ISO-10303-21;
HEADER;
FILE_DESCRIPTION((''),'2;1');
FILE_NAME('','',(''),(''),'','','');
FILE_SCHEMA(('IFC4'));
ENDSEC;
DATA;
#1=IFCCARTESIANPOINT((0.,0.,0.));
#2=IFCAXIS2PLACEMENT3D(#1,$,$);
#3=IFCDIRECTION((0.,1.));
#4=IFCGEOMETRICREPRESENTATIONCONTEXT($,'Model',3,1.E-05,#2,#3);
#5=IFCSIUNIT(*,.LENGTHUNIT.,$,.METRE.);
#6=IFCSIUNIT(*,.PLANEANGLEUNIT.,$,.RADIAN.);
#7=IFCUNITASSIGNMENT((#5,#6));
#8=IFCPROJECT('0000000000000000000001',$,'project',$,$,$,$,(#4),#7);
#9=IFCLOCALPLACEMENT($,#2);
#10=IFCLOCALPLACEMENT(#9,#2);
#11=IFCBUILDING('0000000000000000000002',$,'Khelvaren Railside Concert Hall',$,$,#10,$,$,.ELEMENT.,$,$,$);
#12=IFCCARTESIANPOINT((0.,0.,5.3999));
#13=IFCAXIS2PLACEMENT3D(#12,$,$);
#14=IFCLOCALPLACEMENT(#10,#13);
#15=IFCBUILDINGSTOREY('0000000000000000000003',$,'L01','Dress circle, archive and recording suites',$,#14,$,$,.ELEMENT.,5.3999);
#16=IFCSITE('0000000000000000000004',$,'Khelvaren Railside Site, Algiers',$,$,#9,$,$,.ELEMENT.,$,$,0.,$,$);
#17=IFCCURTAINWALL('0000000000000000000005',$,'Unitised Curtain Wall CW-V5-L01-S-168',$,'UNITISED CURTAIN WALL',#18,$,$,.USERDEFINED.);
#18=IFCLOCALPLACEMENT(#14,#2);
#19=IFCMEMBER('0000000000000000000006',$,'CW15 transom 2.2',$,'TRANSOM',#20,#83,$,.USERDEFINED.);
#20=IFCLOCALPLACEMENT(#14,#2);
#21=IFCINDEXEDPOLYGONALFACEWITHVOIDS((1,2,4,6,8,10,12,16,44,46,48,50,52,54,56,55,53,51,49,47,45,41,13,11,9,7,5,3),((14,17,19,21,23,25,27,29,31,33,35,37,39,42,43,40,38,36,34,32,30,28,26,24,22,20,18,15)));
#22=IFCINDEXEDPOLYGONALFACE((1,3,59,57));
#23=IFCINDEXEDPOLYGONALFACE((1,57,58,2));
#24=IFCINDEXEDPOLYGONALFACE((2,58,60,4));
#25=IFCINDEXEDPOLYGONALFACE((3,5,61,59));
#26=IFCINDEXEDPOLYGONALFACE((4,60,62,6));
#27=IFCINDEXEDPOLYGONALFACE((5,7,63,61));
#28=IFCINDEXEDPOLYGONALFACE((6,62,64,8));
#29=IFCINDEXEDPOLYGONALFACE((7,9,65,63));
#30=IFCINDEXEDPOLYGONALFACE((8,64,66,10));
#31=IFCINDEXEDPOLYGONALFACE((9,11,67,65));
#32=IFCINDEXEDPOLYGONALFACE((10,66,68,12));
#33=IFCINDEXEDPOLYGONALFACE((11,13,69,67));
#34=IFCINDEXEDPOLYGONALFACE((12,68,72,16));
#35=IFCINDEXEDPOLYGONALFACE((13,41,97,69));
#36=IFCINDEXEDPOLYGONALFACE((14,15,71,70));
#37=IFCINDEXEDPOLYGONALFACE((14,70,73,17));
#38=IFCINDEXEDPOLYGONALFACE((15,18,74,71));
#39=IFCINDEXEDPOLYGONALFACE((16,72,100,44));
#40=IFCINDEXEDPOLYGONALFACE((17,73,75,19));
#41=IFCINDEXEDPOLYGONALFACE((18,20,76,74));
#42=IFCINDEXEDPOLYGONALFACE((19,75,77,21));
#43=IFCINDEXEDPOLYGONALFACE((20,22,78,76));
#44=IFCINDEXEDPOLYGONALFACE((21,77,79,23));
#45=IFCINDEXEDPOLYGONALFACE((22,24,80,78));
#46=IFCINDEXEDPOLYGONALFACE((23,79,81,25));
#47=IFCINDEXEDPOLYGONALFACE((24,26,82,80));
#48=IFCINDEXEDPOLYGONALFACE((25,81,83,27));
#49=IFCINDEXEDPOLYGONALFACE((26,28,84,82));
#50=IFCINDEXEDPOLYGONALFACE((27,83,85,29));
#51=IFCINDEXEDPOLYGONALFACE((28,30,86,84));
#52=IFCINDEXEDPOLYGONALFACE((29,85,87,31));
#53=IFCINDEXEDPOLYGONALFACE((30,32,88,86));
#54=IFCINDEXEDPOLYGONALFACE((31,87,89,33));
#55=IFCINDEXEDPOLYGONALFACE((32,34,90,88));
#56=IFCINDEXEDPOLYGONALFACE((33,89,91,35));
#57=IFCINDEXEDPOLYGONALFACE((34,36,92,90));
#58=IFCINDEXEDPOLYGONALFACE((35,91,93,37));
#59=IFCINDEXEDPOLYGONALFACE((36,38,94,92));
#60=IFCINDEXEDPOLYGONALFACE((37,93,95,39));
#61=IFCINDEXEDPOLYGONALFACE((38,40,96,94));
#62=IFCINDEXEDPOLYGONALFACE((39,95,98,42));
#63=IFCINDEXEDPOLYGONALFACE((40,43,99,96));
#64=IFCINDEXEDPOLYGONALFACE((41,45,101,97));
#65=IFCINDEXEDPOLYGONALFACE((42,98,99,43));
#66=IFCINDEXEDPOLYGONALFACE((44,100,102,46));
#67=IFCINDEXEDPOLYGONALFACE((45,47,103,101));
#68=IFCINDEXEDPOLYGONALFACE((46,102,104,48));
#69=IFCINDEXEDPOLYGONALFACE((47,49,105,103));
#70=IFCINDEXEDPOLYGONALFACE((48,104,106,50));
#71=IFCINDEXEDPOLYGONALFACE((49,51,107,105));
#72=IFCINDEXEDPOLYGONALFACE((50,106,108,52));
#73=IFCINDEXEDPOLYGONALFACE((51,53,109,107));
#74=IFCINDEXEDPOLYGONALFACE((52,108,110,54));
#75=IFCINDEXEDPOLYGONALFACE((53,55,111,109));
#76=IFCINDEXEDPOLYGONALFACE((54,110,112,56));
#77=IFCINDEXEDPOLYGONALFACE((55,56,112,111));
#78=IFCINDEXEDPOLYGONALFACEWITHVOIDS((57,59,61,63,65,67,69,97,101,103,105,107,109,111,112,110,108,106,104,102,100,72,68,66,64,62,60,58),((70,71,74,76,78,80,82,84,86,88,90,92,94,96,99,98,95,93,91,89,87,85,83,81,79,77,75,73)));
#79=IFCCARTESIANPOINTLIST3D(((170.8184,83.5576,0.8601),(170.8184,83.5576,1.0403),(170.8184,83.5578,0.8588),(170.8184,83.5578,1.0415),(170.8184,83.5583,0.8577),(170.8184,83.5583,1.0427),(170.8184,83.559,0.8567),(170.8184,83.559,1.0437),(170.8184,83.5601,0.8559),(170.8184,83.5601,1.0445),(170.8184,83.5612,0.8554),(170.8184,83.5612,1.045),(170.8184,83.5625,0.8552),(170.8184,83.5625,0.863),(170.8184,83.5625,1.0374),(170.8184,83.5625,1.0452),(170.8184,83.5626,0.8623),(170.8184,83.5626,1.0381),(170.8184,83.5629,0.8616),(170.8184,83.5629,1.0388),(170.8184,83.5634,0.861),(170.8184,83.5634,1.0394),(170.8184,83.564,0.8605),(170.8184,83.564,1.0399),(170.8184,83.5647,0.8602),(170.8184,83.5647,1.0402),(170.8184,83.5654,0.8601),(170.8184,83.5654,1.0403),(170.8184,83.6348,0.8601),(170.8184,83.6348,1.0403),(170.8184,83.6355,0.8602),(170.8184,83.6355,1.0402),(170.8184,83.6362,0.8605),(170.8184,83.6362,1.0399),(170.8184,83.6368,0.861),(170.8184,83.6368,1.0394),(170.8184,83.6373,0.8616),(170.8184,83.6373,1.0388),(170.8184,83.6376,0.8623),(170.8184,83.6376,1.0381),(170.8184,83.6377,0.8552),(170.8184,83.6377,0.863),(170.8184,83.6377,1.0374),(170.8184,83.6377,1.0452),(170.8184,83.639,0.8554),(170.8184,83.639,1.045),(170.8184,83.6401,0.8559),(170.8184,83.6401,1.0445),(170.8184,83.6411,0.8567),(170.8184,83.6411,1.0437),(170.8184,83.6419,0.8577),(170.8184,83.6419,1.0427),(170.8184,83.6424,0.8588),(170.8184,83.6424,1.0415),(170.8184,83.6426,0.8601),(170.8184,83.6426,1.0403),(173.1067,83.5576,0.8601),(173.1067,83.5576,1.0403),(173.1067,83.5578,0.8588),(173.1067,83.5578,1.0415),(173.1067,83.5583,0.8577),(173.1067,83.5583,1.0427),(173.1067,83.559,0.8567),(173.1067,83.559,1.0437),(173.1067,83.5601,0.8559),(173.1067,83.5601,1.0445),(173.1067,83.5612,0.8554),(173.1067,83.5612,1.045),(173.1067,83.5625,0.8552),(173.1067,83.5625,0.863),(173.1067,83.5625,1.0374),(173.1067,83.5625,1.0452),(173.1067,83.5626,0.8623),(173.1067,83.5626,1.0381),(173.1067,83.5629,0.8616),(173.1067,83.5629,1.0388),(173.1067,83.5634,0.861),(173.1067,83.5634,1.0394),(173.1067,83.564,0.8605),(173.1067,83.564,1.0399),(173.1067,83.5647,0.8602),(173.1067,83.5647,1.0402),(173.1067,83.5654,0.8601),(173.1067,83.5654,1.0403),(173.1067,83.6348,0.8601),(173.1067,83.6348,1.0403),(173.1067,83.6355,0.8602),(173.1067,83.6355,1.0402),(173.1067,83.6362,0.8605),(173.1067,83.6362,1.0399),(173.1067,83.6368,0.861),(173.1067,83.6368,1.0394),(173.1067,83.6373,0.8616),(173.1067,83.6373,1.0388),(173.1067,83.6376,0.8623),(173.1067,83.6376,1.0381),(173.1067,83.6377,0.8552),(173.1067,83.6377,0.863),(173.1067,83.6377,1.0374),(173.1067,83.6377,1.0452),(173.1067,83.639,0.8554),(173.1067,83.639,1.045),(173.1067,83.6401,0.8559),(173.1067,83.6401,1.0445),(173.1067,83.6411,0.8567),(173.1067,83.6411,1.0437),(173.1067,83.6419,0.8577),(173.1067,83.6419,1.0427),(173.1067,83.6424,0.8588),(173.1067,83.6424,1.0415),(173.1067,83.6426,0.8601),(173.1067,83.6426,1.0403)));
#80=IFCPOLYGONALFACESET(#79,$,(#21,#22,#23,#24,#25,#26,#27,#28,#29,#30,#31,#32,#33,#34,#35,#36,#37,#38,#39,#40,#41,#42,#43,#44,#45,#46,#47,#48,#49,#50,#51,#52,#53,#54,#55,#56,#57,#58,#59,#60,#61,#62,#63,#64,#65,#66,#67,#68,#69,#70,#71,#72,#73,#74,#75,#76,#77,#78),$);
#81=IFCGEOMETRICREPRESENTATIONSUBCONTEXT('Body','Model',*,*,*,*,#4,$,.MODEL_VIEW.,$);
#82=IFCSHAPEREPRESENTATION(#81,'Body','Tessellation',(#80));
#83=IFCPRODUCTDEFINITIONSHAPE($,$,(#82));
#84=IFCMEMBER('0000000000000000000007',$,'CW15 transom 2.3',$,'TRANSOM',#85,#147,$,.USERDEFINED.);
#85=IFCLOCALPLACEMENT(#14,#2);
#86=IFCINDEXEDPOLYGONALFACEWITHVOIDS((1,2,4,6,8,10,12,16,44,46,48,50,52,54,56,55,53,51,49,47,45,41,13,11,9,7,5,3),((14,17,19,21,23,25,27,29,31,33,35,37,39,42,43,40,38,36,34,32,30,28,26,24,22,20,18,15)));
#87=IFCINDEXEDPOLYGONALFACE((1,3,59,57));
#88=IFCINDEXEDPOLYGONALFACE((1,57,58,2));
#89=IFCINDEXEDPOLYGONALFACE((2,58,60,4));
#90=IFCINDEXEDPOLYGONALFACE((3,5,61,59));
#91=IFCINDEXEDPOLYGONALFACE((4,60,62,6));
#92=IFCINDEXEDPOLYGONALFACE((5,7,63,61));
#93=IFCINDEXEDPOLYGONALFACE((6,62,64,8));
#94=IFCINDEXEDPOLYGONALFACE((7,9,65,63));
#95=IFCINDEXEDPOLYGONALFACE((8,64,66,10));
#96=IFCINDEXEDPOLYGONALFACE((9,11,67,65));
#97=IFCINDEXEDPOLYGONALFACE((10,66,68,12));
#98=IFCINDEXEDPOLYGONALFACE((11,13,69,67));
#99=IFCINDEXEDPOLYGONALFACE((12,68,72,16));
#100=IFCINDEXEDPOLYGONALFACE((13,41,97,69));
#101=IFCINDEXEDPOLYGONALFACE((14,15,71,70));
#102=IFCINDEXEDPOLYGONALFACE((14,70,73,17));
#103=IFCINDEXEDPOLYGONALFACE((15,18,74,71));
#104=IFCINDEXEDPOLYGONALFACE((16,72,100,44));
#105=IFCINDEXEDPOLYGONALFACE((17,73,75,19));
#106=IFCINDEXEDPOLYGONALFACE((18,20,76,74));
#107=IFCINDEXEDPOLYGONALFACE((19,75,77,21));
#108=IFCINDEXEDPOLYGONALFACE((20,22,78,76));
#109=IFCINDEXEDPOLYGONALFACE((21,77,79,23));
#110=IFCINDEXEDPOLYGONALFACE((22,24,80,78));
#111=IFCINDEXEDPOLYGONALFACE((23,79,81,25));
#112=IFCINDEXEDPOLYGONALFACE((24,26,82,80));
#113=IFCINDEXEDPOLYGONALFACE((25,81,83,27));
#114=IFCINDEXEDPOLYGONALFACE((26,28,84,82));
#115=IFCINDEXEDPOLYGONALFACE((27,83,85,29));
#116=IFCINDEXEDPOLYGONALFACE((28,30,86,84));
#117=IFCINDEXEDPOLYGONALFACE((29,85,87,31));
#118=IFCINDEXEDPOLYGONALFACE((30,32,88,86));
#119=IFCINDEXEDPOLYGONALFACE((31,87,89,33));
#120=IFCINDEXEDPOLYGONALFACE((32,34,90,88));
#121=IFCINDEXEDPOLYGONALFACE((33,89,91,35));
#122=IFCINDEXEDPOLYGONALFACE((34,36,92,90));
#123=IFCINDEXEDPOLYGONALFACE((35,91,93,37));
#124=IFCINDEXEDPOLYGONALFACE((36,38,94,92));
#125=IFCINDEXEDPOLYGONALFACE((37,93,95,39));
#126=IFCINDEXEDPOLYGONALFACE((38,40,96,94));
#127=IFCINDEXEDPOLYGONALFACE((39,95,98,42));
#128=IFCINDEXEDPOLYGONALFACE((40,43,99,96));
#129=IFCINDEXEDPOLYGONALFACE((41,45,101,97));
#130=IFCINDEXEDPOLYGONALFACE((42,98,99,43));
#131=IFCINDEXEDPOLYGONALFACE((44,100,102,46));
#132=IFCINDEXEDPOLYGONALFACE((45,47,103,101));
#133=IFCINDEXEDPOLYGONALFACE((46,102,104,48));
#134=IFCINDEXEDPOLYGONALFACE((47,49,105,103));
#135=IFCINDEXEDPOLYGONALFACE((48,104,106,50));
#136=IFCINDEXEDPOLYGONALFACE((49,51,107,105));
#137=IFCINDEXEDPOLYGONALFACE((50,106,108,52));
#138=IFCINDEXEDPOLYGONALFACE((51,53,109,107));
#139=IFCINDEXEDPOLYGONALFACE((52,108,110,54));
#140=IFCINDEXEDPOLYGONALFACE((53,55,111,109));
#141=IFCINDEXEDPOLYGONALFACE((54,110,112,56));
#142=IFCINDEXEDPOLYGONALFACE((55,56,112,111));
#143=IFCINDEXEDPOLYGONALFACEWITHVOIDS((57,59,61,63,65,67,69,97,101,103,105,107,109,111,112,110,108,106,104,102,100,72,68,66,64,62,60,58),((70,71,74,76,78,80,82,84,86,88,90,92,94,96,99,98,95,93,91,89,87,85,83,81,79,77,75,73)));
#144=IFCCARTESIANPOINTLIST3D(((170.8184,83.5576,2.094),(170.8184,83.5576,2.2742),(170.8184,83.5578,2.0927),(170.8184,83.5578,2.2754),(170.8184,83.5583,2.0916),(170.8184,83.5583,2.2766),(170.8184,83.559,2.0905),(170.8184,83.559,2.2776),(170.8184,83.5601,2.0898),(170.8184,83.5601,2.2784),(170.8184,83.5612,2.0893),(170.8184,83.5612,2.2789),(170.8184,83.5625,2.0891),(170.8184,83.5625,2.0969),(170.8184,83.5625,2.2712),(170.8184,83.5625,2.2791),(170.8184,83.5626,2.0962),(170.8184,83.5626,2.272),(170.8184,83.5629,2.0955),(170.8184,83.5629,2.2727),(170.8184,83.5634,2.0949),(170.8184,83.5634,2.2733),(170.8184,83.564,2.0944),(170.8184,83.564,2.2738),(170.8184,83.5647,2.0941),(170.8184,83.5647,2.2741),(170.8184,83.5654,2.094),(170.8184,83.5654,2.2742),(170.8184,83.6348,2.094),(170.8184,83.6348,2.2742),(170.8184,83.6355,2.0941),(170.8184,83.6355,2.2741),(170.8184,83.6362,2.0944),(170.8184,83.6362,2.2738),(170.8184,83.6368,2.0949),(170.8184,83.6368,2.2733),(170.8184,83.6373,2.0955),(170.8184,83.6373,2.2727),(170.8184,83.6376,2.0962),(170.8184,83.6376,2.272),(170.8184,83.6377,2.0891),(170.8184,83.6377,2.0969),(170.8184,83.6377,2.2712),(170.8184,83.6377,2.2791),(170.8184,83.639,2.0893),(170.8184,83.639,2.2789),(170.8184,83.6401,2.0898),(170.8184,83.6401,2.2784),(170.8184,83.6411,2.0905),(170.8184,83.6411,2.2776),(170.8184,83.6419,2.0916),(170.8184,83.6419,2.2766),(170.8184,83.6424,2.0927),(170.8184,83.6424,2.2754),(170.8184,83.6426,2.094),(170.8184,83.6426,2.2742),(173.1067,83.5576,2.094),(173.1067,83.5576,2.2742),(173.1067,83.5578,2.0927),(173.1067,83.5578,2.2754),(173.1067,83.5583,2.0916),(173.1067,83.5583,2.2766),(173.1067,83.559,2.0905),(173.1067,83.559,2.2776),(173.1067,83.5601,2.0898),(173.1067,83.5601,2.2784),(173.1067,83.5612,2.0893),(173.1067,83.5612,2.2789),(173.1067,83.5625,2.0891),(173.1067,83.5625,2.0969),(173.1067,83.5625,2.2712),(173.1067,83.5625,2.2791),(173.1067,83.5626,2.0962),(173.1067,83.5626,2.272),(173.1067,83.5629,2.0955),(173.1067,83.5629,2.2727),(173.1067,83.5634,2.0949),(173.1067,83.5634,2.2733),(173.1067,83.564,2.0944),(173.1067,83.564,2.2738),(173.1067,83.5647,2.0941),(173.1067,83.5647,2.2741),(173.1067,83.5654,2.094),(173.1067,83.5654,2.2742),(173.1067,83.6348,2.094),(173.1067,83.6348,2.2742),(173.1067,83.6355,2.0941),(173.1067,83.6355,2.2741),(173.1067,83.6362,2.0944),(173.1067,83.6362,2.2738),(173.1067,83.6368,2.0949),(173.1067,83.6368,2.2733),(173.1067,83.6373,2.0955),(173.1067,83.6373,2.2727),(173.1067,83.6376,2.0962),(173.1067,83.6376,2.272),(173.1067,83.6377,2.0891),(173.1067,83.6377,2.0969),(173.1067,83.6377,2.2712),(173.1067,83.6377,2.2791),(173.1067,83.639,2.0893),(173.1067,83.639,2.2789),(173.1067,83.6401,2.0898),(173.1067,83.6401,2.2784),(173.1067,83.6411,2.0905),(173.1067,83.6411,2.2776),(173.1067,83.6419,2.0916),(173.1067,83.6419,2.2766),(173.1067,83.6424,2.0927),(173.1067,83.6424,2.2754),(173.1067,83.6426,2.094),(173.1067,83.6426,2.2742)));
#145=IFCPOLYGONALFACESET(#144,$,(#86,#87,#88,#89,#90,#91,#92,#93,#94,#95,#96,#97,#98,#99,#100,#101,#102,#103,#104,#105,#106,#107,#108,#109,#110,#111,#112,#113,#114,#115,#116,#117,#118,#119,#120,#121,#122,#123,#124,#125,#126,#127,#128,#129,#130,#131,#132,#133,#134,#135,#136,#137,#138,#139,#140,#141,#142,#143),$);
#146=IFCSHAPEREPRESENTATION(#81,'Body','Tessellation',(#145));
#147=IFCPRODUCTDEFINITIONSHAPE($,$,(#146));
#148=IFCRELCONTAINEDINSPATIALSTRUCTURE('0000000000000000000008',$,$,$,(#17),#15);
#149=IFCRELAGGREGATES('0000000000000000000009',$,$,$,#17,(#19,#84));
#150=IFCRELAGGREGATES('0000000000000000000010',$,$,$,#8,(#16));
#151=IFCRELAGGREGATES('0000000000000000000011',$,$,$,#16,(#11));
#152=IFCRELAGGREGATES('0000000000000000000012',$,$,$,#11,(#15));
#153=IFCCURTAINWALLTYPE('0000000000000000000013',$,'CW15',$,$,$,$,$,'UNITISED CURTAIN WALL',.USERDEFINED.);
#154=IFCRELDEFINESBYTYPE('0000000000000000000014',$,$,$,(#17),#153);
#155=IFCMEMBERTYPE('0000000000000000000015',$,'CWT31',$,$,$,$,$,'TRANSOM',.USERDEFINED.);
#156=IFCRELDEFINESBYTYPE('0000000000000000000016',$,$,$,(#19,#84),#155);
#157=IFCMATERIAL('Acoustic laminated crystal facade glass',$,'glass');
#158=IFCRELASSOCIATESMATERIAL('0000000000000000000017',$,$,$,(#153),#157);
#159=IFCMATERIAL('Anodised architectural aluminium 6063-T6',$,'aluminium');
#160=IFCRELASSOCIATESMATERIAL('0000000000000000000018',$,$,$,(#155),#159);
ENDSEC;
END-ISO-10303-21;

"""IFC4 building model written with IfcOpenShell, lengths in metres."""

from ifc_helpers import new_model, si_unit, direction, frame, origin, origin_2d, place, context, subcontext, project, spatial, hollow_rectangle, extrude, material, material_profile, profile_set, type_object, element, aggregate, save


model = new_model("IFC4")

# Units and contexts
model_context = context("Model", 3, precision=1e-05, world=origin(), true_north=direction((0.0, 1.0)))
body_context = subcontext(model_context, "Body", "Model", "MODEL_VIEW")
ifc_project = project(units=[si_unit("LENGTHUNIT", "METRE"), si_unit("PLANEANGLEUNIT", "RADIAN")], contexts=[model_context])

# Site, building, storey
site_placement = place(None, origin())
site = spatial("IfcSite", under=ifc_project, at=site_placement, Name="Khelvaren Railside Site, Algiers", CompositionType="ELEMENT", RefElevation=0.0)
building_placement = place(site_placement, origin())
building = spatial("IfcBuilding", under=site, at=building_placement, Name="Khelvaren Railside Concert Hall", CompositionType="ELEMENT")
storey_placement = place(building_placement, frame((0.0, 0.0, 5.3999)))
storey = spatial("IfcBuildingStorey", under=building, at=storey_placement, Name="L01", Description="Dress circle, archive and recording suites", CompositionType="ELEMENT", Elevation=5.3999)

# Curtain wall, members
ifc_material_1 = material(Name="Acoustic laminated crystal facade glass", Category="glass")
curtain_wall_type = type_object("IfcCurtainWallType", Name="CW15", ElementType="UNITISED CURTAIN WALL", PredefinedType="USERDEFINED", material=ifc_material_1)
curtain_wall_placement = place(storey_placement, origin())
curtain_wall = element("IfcCurtainWall", 1, at=curtain_wall_placement, inside=storey, type_object=curtain_wall_type, Name="Unitised Curtain Wall CW-V5-L01-S-168", ObjectType="UNITISED CURTAIN WALL", PredefinedType="USERDEFINED")
ifc_material_2 = material(Name="Anodised architectural aluminium 6063-T6", Category="aluminium")
ifc_material_profile_1 = material_profile(ifc_material_2, hollow_rectangle(XDim=0.085, YDim=0.1899, WallThickness=0.0049, InnerFilletRadius=0.0029, OuterFilletRadius=0.0049, at=origin_2d()), Name="CWT 85x190x5")
ifc_profile_set_1 = profile_set([ifc_material_profile_1], Name="Anodised architectural aluminium 6063-T6")
member_type_1 = type_object("IfcMemberType", Name="CWT31", ElementType="TRANSOM", PredefinedType="USERDEFINED", material=ifc_profile_set_1)
member_1_placement = place(storey_placement, frame((173.1067, 83.6001, 0.9502), z_axis=(-1.0, 0.0, 0.0), x_axis=(0.0, -1.0, 0.0)))
member_1 = element("IfcMember", 2, at=member_1_placement, type_object=member_type_1, Name="CW15 transom 2.2", ObjectType="TRANSOM", PredefinedType="USERDEFINED", context=body_context, shape_type="SweptSolid", body=[
    extrude(hollow_rectangle(XDim=0.085, YDim=0.1899, WallThickness=0.0049, InnerFilletRadius=0.0029, OuterFilletRadius=0.0049, at=origin_2d()), origin(), (0.0, 0.0, 1.0), 2.2883),
])
member_2_placement = place(storey_placement, frame((173.1067, 83.6001, 2.1841), z_axis=(-1.0, 0.0, 0.0), x_axis=(0.0, -1.0, 0.0)))
member_2 = element("IfcMember", 3, at=member_2_placement, type_object=member_type_1, Name="CW15 transom 2.3", ObjectType="TRANSOM", PredefinedType="USERDEFINED", context=body_context, shape_type="SweptSolid", body=[
    extrude(hollow_rectangle(XDim=0.085, YDim=0.1899, WallThickness=0.0049, InnerFilletRadius=0.0029, OuterFilletRadius=0.0049, at=origin_2d()), origin(), (0.0, 0.0, 1.0), 2.2883),
])

aggregate(curtain_wall, [member_1, member_2])

save(model, "model.ifc")
